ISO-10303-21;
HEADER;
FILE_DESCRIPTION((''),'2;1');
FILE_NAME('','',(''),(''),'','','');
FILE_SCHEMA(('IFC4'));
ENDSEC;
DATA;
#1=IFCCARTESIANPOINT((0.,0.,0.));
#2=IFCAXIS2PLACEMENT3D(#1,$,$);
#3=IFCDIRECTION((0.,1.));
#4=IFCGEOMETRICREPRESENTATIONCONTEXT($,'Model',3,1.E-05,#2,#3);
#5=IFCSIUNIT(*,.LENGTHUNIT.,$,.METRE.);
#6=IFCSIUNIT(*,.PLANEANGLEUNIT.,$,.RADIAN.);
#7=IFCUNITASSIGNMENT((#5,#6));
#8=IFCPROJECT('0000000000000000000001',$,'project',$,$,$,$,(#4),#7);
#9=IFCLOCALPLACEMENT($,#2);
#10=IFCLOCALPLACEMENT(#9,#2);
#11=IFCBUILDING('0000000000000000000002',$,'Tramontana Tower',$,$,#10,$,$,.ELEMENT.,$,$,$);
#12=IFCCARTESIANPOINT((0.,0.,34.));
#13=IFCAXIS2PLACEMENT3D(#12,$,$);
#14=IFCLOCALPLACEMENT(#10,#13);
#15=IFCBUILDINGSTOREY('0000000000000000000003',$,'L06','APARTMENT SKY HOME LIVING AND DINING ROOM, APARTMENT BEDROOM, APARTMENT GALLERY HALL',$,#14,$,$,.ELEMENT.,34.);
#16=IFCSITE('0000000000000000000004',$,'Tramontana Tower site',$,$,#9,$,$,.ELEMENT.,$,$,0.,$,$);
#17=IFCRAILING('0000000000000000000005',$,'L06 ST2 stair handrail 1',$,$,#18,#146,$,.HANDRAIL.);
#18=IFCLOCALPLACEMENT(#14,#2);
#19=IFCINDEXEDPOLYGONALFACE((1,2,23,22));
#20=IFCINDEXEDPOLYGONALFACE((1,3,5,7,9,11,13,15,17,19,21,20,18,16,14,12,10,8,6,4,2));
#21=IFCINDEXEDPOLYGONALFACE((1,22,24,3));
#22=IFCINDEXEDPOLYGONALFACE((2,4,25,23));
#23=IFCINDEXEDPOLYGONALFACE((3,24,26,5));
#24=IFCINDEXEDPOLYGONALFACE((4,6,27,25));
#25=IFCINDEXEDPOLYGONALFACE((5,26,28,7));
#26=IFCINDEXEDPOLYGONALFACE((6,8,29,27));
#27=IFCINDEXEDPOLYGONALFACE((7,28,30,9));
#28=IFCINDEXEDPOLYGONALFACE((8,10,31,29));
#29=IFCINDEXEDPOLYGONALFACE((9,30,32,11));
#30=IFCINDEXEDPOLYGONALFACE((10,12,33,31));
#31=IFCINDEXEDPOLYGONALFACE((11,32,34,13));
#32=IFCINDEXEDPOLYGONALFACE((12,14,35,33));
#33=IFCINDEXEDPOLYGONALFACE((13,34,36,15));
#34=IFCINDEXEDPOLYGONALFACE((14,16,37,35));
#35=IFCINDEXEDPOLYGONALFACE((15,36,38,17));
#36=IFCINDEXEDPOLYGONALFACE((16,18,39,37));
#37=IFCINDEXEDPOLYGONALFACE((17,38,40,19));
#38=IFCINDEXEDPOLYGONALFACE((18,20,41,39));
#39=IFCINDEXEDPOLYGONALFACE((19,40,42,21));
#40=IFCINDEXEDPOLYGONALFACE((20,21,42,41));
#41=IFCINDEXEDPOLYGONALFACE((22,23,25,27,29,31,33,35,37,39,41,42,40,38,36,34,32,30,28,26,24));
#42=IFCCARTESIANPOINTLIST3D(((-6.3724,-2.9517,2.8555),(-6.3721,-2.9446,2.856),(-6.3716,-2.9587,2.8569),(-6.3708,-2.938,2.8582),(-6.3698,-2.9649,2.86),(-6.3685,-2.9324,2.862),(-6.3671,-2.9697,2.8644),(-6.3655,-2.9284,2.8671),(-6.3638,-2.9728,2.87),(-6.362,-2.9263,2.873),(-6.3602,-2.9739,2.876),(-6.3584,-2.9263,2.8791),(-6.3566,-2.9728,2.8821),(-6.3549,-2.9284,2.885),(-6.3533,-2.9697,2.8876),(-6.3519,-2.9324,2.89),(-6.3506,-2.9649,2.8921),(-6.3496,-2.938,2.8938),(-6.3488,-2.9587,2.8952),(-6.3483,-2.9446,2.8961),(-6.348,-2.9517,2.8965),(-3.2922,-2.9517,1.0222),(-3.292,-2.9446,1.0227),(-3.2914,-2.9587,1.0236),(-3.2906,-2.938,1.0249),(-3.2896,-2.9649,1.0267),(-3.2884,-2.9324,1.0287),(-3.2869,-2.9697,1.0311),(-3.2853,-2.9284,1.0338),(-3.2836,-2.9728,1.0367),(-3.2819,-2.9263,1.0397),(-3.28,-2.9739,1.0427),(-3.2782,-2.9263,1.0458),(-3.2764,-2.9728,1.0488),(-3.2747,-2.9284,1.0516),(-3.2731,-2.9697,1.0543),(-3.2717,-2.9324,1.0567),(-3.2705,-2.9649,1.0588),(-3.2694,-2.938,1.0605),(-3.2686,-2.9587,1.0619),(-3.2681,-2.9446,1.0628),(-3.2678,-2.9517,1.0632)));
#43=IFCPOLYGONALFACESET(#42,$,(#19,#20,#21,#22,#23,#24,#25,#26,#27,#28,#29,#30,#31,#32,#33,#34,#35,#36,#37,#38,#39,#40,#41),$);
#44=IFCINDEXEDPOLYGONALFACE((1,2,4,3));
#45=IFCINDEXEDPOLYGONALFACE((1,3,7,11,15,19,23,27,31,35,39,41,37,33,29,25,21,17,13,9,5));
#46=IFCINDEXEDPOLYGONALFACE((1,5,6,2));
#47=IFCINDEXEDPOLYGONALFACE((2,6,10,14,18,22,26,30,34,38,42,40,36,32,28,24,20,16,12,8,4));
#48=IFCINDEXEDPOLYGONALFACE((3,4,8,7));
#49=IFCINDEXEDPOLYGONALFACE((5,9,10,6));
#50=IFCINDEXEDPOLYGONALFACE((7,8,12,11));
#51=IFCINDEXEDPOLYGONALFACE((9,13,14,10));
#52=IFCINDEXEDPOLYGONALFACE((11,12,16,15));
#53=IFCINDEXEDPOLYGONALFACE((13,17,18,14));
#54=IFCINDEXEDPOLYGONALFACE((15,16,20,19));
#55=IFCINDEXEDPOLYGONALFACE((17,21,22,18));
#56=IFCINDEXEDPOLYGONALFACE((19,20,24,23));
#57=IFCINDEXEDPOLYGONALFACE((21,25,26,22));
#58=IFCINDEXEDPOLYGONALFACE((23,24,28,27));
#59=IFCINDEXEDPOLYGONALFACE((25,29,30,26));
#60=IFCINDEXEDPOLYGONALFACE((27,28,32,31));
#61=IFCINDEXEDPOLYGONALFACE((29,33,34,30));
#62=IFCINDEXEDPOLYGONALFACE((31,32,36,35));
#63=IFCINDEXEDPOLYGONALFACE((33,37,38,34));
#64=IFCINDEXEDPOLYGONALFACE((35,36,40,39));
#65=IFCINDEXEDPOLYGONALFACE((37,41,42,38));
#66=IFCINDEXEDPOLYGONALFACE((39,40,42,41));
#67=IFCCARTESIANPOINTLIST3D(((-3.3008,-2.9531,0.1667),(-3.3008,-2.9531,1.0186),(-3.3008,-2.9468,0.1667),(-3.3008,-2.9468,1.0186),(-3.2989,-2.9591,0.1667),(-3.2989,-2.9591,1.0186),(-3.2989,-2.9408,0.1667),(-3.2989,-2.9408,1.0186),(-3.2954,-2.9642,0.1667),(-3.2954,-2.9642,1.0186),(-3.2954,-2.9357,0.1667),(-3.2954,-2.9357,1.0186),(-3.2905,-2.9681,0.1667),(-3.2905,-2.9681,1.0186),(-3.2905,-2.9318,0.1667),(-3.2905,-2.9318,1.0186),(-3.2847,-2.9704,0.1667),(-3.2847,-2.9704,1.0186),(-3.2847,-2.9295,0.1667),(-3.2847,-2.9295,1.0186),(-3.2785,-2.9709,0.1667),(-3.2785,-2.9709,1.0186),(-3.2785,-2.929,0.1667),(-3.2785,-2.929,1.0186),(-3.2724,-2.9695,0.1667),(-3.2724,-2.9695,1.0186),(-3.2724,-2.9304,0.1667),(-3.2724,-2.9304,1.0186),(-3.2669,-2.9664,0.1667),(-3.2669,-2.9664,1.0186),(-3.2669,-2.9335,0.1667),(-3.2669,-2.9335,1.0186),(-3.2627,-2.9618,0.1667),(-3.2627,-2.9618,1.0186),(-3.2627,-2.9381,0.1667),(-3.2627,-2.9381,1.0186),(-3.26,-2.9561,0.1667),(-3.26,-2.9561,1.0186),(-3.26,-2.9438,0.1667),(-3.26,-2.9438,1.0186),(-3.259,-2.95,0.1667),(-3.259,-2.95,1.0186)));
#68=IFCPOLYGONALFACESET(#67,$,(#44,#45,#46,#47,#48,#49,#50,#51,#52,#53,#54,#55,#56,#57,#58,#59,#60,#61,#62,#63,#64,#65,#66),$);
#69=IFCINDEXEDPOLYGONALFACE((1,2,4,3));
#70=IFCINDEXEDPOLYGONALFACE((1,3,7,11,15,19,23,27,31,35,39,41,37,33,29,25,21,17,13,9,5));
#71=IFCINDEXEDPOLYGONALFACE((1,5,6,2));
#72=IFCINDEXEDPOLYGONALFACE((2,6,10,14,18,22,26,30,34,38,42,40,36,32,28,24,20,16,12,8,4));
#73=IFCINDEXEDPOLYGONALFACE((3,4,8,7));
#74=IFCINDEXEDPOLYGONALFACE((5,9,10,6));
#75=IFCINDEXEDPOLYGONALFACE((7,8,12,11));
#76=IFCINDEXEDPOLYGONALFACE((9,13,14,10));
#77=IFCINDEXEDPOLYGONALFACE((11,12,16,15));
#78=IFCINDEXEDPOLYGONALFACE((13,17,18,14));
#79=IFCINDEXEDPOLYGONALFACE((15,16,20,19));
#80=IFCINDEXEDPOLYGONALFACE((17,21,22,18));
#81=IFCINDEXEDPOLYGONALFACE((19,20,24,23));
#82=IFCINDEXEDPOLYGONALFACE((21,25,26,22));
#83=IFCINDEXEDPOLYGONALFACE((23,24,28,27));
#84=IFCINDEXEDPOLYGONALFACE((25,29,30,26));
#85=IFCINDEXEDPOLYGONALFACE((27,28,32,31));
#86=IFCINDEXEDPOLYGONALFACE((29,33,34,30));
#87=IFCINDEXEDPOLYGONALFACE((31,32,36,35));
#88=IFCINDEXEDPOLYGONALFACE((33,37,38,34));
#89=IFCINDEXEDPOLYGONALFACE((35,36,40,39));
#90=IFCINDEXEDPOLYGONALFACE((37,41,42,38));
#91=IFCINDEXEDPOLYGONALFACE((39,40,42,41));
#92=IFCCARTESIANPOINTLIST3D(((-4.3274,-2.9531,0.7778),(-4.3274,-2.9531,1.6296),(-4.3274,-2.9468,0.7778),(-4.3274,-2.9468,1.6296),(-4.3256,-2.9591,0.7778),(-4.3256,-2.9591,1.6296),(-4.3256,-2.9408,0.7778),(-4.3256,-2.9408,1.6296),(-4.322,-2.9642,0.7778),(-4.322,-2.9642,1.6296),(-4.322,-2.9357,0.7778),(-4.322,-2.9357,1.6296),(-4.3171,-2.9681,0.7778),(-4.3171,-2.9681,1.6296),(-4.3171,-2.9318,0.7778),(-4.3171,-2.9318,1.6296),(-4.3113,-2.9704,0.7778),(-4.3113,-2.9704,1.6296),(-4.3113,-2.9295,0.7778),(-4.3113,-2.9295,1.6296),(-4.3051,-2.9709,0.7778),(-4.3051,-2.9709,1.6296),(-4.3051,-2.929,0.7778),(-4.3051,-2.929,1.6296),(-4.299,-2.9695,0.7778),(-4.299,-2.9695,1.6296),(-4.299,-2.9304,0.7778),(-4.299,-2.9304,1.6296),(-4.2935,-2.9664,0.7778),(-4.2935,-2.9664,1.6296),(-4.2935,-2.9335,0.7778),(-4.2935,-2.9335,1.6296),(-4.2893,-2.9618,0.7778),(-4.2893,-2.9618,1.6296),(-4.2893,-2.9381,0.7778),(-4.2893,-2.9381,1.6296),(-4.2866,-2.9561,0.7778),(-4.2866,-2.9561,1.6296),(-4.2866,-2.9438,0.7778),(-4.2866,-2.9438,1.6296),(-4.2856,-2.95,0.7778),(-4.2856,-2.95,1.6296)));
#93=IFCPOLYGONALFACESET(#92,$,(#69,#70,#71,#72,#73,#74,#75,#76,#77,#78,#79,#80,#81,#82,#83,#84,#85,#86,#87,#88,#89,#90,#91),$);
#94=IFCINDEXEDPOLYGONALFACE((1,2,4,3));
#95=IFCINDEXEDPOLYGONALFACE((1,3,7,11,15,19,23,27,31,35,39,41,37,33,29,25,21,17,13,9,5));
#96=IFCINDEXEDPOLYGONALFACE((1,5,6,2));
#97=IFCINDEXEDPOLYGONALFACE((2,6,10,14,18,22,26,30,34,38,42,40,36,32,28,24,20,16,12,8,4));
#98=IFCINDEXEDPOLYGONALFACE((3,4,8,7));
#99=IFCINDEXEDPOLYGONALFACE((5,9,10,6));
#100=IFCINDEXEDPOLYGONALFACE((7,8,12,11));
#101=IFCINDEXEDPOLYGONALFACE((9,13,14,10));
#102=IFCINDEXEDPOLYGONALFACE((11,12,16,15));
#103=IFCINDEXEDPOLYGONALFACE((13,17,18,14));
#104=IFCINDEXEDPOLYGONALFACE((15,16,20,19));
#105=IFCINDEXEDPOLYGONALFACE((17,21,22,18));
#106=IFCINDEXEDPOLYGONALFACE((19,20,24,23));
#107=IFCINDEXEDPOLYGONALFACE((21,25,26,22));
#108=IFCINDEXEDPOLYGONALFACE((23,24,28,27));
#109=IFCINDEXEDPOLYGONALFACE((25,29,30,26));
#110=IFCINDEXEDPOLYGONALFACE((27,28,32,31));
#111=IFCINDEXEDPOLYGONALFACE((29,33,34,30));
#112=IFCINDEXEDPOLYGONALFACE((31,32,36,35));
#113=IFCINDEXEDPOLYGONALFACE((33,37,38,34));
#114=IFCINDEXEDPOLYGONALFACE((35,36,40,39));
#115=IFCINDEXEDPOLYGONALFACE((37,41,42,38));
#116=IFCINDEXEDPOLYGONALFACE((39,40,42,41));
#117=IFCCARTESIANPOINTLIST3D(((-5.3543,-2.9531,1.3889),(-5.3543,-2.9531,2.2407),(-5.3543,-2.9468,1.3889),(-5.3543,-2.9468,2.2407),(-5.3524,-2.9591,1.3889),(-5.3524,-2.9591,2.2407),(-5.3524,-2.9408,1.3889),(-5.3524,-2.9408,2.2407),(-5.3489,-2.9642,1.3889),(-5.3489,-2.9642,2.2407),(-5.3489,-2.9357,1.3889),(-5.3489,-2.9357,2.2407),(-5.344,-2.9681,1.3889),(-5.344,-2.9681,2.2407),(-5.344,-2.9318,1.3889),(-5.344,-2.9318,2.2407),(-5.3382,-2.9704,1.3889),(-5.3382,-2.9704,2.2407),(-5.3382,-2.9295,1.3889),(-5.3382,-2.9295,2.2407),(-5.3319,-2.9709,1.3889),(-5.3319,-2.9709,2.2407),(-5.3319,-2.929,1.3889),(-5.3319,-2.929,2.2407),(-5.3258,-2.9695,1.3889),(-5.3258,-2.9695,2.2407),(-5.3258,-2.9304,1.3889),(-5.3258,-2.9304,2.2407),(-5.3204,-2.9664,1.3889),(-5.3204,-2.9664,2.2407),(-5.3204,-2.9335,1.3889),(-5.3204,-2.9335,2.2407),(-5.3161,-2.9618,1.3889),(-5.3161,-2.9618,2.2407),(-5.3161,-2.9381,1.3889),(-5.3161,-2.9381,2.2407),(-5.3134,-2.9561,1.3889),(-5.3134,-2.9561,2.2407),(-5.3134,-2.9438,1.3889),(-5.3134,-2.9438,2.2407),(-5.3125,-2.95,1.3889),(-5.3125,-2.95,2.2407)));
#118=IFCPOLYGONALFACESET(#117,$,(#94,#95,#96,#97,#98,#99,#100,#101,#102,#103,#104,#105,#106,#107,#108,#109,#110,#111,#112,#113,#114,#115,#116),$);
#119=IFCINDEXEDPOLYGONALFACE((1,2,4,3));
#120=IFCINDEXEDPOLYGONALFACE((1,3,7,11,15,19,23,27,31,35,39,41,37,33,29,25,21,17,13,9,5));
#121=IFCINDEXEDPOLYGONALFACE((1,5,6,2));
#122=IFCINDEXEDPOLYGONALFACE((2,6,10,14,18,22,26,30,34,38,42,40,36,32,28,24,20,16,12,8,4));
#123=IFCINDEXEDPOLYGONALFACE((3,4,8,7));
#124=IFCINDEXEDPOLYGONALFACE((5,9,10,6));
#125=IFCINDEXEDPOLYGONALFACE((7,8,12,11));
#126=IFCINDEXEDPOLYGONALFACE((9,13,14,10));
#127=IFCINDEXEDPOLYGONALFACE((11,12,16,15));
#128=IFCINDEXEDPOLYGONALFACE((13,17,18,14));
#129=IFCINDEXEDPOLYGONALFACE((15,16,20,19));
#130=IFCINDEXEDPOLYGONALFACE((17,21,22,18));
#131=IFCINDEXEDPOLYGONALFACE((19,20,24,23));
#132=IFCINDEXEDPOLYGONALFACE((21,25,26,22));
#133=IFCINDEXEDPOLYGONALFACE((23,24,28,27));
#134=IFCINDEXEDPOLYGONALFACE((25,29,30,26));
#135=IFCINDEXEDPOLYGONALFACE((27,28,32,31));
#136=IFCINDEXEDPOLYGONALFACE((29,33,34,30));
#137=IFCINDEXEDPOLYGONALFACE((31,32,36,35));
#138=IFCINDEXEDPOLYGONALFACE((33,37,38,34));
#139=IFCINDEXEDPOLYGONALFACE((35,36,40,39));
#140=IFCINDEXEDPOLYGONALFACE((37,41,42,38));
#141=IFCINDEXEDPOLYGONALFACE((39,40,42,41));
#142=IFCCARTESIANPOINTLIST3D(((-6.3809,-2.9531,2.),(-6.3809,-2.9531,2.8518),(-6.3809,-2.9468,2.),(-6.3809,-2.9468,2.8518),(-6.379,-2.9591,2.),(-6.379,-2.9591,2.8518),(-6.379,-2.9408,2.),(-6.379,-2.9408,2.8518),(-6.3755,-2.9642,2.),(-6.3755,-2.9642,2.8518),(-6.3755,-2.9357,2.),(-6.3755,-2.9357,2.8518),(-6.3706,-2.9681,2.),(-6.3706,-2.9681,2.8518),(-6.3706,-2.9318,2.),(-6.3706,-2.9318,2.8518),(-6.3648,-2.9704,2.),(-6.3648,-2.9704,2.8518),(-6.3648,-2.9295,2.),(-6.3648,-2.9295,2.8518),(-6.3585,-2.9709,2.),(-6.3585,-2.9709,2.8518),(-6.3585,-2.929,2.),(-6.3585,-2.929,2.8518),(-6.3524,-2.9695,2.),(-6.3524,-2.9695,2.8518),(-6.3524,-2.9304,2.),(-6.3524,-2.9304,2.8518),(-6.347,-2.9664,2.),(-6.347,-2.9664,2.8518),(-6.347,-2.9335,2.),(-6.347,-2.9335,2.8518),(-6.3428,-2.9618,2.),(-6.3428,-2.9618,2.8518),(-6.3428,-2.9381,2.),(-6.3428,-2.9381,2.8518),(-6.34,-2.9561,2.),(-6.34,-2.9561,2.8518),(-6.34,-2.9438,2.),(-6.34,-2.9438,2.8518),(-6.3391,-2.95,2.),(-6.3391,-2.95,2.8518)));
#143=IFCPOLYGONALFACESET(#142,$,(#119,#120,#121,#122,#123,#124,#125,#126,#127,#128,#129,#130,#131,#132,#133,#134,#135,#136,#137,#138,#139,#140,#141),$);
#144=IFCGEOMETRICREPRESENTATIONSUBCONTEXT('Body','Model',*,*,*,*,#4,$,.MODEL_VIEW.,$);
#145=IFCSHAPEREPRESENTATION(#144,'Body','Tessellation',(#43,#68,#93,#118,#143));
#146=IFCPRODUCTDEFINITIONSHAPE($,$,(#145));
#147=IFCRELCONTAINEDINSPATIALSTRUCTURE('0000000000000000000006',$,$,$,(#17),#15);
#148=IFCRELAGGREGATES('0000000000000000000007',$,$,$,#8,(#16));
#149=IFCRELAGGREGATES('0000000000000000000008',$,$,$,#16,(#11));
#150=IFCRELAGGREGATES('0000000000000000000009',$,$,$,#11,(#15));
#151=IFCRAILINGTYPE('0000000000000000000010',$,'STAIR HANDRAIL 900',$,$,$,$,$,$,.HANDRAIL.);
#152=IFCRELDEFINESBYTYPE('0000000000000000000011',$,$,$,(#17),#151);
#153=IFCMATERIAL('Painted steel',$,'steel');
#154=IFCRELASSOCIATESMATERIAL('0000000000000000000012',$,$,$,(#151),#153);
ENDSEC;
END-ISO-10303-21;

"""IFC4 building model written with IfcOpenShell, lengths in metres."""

from ifc_helpers import new_model, si_unit, direction, frame, origin, origin_2d, place, context, subcontext, project, spatial, circle, extrude, material, type_object, element, save


model = new_model("IFC4")

# Units and contexts
model_context = context("Model", 3, precision=1e-05, world=origin(), true_north=direction((0.0, 1.0)))
body_context = subcontext(model_context, "Body", "Model", "MODEL_VIEW")
ifc_project = project(units=[si_unit("LENGTHUNIT", "METRE"), si_unit("PLANEANGLEUNIT", "RADIAN")], contexts=[model_context])

# Site, building, storey
site_placement = place(None, origin())
site = spatial("IfcSite", under=ifc_project, at=site_placement, Name="Tramontana Tower site", CompositionType="ELEMENT", RefElevation=0.0)
building_placement = place(site_placement, origin())
building = spatial("IfcBuilding", under=site, at=building_placement, Name="Tramontana Tower", CompositionType="ELEMENT")
storey_placement = place(building_placement, frame((0.0, 0.0, 34.0)))
storey = spatial("IfcBuildingStorey", under=building, at=storey_placement, Name="L06", Description="APARTMENT SKY HOME LIVING AND DINING ROOM, APARTMENT BEDROOM, APARTMENT GALLERY HALL", CompositionType="ELEMENT", Elevation=34.0)

# Railing
ifc_material_1 = material(Name="Painted steel", Category="steel")
railing_type_1 = type_object("IfcRailingType", Name="STAIR HANDRAIL 900", PredefinedType="HANDRAIL", material=ifc_material_1)
railing_1_placement = place(storey_placement, frame((-3.28, -2.95, 0.1667)))
element("IfcRailing", 1, at=railing_1_placement, inside=storey, type_object=railing_type_1, Name="L06 ST2 stair handrail 1", PredefinedType="HANDRAIL", context=body_context, shape_type="SweptSolid", body=[
    extrude(circle(Radius=0.0239, at=origin_2d()), frame((0.0, 0.0, 0.876), z_axis=(-0.859309, 0.0, 0.511458), x_axis=(0.0, -1.0, 0.0)), (0.0, 0.0, 1.0), 3.5845),
    extrude(circle(Radius=0.021, at=origin_2d()), origin(), (0.0, 0.0, 1.0), 0.8518),
    extrude(circle(Radius=0.021, at=origin_2d()), frame((-1.0266, 0.0, 0.6111)), (0.0, 0.0, 1.0), 0.8518),
    extrude(circle(Radius=0.021, at=origin_2d()), frame((-2.0535, 0.0, 1.2222)), (0.0, 0.0, 1.0), 0.8518),
    extrude(circle(Radius=0.021, at=origin_2d()), frame((-3.0801, 0.0, 1.8333)), (0.0, 0.0, 1.0), 0.8518),
])

save(model, "model.ifc")
